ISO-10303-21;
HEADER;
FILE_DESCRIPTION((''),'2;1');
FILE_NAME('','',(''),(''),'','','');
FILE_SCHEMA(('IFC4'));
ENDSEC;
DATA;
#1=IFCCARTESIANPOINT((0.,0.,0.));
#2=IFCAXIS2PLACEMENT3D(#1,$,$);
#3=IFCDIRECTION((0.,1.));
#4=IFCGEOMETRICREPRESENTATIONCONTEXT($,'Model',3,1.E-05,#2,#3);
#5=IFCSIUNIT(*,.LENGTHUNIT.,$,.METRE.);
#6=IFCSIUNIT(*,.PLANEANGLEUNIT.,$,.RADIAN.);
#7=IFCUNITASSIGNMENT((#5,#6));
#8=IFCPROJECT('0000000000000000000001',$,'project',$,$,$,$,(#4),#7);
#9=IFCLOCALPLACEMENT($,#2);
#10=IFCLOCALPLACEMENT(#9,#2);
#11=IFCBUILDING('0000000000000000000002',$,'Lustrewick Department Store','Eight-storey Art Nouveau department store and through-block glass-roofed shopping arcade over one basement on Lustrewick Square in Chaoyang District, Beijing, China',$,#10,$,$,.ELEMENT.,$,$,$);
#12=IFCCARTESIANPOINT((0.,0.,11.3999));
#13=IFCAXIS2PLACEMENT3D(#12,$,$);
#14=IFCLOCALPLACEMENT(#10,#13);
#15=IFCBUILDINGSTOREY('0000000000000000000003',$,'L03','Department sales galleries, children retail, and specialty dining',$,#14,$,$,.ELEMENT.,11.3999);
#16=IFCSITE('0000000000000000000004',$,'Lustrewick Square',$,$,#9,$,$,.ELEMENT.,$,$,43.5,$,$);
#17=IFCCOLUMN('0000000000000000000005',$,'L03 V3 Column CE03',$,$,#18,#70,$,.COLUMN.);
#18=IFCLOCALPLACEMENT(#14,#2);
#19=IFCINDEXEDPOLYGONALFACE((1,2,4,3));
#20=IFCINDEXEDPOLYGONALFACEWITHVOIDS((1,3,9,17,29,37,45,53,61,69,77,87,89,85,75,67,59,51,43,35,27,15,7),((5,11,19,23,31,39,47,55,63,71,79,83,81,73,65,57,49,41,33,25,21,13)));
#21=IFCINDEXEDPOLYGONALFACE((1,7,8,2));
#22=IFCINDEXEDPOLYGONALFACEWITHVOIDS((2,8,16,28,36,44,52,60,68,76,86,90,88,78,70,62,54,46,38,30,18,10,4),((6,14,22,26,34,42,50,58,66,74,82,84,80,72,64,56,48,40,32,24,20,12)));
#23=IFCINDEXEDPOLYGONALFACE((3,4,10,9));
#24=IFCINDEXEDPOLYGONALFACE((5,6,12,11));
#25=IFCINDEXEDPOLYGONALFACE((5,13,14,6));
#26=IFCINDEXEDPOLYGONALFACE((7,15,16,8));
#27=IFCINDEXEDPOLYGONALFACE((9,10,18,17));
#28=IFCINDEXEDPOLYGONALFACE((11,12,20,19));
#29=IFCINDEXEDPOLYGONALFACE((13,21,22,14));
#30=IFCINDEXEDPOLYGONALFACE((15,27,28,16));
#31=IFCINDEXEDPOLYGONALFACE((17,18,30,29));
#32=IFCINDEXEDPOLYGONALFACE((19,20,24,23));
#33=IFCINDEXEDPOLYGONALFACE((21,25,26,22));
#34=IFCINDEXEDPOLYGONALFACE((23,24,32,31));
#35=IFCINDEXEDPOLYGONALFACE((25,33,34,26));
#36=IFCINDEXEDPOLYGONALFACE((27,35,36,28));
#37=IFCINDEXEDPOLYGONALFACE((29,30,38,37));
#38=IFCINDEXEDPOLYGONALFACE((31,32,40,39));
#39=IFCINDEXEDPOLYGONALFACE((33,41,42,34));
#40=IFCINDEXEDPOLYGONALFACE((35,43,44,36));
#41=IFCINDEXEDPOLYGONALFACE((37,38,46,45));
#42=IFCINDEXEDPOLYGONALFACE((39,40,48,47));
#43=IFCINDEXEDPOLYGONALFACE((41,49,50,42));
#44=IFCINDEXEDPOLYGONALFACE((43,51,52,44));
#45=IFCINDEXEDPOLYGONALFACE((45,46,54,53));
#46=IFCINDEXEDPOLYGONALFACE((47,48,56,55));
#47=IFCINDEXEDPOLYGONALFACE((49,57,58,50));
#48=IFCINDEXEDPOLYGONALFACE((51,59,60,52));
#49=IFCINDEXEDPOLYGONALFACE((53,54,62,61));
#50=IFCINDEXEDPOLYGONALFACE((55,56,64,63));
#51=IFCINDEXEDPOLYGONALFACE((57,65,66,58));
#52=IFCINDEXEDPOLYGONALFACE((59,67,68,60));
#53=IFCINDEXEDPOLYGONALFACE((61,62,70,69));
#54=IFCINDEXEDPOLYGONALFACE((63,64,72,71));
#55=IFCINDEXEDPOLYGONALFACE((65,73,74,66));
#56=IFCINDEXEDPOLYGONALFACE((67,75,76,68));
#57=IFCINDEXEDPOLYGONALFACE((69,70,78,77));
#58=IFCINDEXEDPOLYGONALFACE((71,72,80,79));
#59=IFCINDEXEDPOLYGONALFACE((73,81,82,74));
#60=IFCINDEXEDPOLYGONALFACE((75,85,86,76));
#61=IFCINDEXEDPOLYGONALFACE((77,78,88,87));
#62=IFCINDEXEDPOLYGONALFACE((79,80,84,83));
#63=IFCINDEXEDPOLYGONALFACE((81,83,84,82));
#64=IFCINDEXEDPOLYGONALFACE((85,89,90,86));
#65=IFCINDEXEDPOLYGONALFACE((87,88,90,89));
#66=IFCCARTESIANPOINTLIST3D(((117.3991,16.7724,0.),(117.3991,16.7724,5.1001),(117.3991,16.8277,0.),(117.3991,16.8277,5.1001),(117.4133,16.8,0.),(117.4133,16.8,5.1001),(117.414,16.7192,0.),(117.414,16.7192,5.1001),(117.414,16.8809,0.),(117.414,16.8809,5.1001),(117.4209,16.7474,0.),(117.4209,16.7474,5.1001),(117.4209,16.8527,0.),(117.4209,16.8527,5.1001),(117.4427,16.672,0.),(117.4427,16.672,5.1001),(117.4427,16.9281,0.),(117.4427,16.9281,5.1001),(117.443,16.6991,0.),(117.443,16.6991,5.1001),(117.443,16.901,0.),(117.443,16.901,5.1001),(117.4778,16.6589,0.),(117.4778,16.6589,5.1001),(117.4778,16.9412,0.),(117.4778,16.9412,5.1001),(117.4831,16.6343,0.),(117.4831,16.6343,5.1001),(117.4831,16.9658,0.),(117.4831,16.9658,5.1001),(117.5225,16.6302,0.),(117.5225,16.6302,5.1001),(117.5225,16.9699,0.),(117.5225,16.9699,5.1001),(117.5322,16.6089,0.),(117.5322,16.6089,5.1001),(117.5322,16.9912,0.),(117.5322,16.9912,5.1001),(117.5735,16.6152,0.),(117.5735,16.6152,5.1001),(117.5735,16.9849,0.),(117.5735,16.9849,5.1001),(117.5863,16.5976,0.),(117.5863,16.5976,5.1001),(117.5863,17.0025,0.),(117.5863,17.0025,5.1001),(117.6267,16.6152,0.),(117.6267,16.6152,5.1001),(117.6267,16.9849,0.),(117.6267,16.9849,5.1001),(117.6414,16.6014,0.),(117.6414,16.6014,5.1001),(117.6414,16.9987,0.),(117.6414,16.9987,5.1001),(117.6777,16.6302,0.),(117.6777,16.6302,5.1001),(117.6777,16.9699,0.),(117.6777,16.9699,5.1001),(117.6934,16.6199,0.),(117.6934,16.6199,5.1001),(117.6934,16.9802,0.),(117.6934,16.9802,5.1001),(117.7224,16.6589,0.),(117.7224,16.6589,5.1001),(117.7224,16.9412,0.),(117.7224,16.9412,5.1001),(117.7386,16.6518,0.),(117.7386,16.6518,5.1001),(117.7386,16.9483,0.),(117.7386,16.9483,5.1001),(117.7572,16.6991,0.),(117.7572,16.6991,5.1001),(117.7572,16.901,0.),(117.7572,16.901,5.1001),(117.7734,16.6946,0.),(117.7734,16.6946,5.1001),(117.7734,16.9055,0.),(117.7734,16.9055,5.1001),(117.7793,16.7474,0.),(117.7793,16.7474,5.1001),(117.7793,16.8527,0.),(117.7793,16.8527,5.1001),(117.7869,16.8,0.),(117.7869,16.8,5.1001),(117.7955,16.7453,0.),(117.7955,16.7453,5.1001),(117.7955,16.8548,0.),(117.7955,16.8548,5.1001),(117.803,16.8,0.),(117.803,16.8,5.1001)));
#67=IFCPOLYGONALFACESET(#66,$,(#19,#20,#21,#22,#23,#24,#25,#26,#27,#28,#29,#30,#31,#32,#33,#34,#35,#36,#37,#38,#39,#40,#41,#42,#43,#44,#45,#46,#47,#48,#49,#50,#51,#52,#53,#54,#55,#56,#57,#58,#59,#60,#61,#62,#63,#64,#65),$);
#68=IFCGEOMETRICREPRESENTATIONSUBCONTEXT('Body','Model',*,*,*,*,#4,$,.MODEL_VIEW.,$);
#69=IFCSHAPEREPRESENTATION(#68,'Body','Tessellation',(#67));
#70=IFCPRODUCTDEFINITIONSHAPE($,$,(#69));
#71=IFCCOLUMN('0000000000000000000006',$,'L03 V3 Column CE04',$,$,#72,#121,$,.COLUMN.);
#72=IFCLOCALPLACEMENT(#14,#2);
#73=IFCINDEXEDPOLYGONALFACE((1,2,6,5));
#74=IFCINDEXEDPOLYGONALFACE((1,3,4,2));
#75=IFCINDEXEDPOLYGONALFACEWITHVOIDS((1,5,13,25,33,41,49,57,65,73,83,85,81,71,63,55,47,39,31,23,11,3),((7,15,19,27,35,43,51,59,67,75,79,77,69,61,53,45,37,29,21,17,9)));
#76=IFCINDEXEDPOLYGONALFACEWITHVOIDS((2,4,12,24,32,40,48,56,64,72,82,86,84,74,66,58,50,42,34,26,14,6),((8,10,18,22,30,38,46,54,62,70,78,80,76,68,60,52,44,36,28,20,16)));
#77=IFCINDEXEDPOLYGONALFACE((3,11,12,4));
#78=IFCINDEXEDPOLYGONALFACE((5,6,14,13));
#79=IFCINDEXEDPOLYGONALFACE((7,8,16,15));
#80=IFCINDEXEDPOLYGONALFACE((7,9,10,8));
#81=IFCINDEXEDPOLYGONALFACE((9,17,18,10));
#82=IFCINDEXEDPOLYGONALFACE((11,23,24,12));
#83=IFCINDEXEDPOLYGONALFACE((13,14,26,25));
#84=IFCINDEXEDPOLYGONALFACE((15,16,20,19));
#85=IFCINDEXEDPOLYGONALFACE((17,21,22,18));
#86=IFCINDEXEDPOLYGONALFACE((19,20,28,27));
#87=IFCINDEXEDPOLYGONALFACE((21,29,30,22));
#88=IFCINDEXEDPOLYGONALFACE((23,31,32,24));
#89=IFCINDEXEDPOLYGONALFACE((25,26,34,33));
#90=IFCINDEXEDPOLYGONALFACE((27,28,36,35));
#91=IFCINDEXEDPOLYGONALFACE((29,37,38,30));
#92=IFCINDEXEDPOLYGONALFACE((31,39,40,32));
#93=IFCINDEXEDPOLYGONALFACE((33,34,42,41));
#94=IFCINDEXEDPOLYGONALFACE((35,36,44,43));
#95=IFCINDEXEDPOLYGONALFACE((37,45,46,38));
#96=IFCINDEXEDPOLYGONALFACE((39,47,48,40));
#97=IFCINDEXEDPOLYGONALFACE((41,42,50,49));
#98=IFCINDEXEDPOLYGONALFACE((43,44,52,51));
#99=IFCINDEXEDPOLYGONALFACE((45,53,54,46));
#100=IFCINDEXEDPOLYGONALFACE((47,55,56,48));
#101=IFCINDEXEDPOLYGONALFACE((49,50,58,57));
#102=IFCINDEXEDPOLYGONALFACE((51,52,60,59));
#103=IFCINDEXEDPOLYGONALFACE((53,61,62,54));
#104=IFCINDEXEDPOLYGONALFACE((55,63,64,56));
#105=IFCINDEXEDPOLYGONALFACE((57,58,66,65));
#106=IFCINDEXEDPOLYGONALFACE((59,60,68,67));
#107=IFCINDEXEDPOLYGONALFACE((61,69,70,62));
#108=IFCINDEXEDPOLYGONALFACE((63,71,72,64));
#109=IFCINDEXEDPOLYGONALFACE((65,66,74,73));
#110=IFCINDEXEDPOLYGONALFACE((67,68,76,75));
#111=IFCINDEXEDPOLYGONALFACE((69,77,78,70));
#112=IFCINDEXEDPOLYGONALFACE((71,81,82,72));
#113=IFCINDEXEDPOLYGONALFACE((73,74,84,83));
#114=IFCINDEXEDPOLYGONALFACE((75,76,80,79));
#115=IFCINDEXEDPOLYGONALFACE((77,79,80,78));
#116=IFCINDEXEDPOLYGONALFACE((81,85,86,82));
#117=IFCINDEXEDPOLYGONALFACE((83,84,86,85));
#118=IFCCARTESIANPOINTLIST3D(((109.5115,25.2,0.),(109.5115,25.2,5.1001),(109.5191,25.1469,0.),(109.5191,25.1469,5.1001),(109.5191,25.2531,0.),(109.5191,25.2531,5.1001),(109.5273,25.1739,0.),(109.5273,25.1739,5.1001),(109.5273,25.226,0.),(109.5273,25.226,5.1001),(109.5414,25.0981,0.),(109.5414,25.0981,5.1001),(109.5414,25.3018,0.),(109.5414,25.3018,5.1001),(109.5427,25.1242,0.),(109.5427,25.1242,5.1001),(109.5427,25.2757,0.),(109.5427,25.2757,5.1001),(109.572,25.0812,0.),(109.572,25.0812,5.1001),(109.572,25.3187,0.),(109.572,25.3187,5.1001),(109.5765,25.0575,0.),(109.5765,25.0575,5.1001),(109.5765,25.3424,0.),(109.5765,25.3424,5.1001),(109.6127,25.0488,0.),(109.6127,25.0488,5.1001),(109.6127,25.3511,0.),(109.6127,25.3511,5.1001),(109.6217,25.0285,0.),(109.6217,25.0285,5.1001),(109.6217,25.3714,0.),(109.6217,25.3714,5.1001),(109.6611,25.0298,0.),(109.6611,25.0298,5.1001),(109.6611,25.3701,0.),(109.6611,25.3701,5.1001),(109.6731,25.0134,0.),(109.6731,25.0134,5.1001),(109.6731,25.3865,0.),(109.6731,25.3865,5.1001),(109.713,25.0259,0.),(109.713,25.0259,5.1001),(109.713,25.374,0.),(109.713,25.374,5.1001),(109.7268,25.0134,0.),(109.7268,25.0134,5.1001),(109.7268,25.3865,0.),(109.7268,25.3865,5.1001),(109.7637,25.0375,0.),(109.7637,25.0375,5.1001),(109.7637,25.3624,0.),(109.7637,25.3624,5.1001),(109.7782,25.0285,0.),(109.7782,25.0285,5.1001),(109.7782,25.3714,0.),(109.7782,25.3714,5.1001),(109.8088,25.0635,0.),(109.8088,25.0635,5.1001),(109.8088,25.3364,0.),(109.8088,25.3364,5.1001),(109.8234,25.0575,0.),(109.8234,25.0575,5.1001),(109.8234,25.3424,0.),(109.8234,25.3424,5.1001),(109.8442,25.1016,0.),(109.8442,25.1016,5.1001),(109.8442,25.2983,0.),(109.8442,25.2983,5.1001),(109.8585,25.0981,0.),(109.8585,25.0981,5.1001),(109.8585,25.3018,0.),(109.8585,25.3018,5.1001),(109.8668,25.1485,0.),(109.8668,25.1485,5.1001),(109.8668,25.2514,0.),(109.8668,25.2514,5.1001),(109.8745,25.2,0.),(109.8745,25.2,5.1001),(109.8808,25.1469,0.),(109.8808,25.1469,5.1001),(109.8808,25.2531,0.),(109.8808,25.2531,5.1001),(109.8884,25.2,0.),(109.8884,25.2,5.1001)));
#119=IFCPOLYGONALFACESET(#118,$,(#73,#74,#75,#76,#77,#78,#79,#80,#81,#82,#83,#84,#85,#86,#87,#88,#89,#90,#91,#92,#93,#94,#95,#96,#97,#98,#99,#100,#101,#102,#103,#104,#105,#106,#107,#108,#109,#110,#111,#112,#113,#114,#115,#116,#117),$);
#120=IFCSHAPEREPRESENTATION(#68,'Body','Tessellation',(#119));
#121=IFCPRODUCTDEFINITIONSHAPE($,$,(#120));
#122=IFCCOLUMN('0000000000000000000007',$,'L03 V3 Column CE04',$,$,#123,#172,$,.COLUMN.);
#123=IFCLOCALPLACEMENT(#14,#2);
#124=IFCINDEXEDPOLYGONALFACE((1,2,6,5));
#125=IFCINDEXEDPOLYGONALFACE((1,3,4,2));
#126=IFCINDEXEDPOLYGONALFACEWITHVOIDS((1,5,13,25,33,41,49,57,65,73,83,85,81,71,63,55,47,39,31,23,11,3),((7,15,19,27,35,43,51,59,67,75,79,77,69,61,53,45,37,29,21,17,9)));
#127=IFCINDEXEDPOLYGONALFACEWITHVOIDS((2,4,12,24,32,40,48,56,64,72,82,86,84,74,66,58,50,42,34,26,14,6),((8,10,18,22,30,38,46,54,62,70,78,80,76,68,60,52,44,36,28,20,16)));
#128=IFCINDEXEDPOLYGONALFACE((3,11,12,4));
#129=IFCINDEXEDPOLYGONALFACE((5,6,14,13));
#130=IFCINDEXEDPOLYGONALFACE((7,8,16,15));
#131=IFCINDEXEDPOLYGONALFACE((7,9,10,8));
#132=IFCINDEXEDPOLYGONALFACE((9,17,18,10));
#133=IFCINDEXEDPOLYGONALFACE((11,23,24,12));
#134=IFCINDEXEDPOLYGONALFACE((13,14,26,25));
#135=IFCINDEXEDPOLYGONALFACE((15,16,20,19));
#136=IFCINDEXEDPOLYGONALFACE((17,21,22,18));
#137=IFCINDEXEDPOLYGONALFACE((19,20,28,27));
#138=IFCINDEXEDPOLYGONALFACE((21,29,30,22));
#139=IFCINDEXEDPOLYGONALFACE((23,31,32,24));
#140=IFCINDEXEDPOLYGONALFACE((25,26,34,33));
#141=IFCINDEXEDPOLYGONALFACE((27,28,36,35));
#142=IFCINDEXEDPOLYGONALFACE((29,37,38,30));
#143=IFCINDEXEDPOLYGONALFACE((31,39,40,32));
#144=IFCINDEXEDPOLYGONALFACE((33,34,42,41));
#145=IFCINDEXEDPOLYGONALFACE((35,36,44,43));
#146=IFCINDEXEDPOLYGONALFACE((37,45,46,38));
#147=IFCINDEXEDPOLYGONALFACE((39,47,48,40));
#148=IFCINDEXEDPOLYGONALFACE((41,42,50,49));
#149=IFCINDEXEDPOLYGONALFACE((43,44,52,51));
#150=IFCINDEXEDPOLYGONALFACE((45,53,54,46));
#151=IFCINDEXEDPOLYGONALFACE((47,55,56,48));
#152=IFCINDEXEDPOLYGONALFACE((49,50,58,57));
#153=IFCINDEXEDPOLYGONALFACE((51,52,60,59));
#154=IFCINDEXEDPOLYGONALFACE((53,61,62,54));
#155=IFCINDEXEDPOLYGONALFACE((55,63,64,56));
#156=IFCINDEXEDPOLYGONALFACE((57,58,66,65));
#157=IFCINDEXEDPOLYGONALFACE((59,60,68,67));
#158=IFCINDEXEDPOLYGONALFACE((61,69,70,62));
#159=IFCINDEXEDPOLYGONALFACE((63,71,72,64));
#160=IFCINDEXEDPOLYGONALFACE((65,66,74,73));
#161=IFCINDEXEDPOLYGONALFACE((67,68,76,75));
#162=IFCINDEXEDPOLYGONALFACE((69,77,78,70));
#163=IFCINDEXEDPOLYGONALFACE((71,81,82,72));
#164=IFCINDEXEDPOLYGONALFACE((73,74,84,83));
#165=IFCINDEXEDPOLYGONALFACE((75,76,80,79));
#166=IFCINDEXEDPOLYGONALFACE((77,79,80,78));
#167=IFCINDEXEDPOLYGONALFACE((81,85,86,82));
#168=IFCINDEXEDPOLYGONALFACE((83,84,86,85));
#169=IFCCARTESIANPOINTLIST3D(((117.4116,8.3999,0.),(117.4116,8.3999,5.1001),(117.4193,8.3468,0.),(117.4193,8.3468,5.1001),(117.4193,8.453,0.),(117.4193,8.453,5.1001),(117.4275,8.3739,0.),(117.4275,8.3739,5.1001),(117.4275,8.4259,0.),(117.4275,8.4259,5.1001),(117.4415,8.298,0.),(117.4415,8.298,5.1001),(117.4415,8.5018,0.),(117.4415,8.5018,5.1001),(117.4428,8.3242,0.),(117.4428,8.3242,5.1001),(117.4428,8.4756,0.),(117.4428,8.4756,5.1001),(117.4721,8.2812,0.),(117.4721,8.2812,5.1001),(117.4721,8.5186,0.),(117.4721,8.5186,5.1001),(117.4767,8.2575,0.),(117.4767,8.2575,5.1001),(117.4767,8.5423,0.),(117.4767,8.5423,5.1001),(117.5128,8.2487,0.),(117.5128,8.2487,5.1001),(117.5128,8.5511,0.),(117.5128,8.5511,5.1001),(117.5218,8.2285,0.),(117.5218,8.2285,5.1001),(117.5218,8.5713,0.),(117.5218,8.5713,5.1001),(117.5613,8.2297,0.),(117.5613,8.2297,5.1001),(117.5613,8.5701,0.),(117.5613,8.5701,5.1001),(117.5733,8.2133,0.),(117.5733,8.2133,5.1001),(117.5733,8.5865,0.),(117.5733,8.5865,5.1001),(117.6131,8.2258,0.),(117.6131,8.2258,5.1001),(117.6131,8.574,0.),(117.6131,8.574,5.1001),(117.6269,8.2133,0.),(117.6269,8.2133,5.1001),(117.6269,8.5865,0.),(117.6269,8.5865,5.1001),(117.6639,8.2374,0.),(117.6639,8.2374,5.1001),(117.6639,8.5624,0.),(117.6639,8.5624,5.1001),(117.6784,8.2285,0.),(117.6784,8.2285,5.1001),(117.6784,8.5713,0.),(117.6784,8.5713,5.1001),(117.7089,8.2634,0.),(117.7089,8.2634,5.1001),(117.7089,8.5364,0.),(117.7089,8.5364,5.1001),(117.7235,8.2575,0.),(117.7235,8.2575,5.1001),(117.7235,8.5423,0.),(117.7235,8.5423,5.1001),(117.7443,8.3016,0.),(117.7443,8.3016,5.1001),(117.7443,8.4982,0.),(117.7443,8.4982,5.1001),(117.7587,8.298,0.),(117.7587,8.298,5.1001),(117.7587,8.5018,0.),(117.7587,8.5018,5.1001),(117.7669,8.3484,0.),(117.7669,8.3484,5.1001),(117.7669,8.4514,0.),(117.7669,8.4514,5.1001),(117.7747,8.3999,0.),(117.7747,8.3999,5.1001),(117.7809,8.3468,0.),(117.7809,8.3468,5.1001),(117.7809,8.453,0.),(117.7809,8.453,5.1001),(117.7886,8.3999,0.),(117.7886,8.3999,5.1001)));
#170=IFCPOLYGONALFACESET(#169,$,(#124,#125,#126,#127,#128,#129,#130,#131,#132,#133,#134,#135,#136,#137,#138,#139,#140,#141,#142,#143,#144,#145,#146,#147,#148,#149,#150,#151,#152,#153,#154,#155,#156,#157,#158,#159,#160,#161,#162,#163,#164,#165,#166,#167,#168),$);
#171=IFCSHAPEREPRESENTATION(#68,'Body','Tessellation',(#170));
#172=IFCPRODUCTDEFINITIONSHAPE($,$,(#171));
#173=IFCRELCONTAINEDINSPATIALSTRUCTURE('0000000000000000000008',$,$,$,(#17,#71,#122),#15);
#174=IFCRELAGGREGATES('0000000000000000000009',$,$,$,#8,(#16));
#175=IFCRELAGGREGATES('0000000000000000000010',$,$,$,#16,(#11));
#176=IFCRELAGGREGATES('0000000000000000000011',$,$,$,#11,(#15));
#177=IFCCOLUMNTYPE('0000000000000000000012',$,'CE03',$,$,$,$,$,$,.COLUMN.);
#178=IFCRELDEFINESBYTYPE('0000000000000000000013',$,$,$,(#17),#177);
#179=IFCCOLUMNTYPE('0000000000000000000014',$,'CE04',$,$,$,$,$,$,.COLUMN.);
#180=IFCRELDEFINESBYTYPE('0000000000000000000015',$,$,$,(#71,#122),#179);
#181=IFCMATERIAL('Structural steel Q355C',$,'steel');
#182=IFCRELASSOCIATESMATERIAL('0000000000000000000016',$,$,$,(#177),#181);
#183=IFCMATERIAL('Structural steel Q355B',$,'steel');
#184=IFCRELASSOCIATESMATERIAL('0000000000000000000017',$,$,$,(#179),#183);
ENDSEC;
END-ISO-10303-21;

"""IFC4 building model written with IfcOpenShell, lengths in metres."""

from ifc_helpers import new_model, si_unit, direction, frame, origin, origin_2d, place, context, subcontext, project, spatial, hollow_circle, extrude, material, material_profile, profile_set, type_object, element, save


model = new_model("IFC4")

# Units and contexts
model_context = context("Model", 3, precision=1e-05, world=origin(), true_north=direction((0.0, 1.0)))
body_context = subcontext(model_context, "Body", "Model", "MODEL_VIEW")
ifc_project = project(units=[si_unit("LENGTHUNIT", "METRE"), si_unit("PLANEANGLEUNIT", "RADIAN")], contexts=[model_context])

# Site, building, storey
site_placement = place(None, origin())
site = spatial("IfcSite", under=ifc_project, at=site_placement, Name="Lustrewick Square", CompositionType="ELEMENT", RefElevation=43.5)
building_placement = place(site_placement, origin())
building = spatial("IfcBuilding", under=site, at=building_placement, Name="Lustrewick Department Store", Description="Eight-storey Art Nouveau department store and through-block glass-roofed shopping arcade over one basement on Lustrewick Square in Chaoyang District, Beijing, China", CompositionType="ELEMENT")
storey_placement = place(building_placement, frame((0.0, 0.0, 11.3999)))
storey = spatial("IfcBuildingStorey", under=building, at=storey_placement, Name="L03", Description="Department sales galleries, children retail, and specialty dining", CompositionType="ELEMENT", Elevation=11.3999)

# Columns
ifc_material_1 = material(Name="Structural steel Q355C", Category="steel")
ifc_material_profile_1 = material_profile(ifc_material_1, hollow_circle(Radius=0.2029, WallThickness=0.0161, at=origin_2d()), Name="CHS 406x16")
ifc_profile_set_1 = profile_set([ifc_material_profile_1], Name="Structural steel Q355C")
column_type_1 = type_object("IfcColumnType", Name="CE03", PredefinedType="COLUMN", material=ifc_profile_set_1)
column_placement = place(storey_placement, frame((117.6001, 16.8, 0.0), z_axis=(0.0, 0.0, 1.0), x_axis=(1.0, 0.0, 0.0)))
element("IfcColumn", 1, at=column_placement, inside=storey, type_object=column_type_1, Name="L03 V3 Column CE03", PredefinedType="COLUMN", context=body_context, shape_type="SweptSolid", body=[
    extrude(hollow_circle(Radius=0.2029, WallThickness=0.0161, at=origin_2d()), origin(), (0.0, 0.0, 1.0), 5.1001),
])
ifc_material_2 = material(Name="Structural steel Q355B", Category="steel")
ifc_material_profile_2 = material_profile(ifc_material_2, hollow_circle(Radius=0.1885, WallThickness=0.0139, at=origin_2d()), Name="CHS 377x14")
ifc_profile_set_2 = profile_set([ifc_material_profile_2], Name="Structural steel Q355B")
column_type_2 = type_object("IfcColumnType", Name="CE04", PredefinedType="COLUMN", material=ifc_profile_set_2)
for number, where, z_axis, x_axis, name in (
    (2, (109.7, 25.2, 0.0), (0.0, 0.0, 1.0), (1.0, 0.0, 0.0), "L03 V3 Column CE04"),
    (3, (117.6001, 8.3999, 0.0), (0.0, 0.0, 1.0), (1.0, 0.0, 0.0), "L03 V3 Column CE04"),
):
    element("IfcColumn", number, at=place(storey_placement, frame(where, z_axis=z_axis, x_axis=x_axis)), inside=storey, type_object=column_type_2, Name=name, PredefinedType="COLUMN", context=body_context, shape_type="SweptSolid", body=[
        extrude(hollow_circle(Radius=0.1885, WallThickness=0.0139, at=origin_2d()), origin(), (0.0, 0.0, 1.0), 5.1001),
    ])

save(model, "model.ifc")
